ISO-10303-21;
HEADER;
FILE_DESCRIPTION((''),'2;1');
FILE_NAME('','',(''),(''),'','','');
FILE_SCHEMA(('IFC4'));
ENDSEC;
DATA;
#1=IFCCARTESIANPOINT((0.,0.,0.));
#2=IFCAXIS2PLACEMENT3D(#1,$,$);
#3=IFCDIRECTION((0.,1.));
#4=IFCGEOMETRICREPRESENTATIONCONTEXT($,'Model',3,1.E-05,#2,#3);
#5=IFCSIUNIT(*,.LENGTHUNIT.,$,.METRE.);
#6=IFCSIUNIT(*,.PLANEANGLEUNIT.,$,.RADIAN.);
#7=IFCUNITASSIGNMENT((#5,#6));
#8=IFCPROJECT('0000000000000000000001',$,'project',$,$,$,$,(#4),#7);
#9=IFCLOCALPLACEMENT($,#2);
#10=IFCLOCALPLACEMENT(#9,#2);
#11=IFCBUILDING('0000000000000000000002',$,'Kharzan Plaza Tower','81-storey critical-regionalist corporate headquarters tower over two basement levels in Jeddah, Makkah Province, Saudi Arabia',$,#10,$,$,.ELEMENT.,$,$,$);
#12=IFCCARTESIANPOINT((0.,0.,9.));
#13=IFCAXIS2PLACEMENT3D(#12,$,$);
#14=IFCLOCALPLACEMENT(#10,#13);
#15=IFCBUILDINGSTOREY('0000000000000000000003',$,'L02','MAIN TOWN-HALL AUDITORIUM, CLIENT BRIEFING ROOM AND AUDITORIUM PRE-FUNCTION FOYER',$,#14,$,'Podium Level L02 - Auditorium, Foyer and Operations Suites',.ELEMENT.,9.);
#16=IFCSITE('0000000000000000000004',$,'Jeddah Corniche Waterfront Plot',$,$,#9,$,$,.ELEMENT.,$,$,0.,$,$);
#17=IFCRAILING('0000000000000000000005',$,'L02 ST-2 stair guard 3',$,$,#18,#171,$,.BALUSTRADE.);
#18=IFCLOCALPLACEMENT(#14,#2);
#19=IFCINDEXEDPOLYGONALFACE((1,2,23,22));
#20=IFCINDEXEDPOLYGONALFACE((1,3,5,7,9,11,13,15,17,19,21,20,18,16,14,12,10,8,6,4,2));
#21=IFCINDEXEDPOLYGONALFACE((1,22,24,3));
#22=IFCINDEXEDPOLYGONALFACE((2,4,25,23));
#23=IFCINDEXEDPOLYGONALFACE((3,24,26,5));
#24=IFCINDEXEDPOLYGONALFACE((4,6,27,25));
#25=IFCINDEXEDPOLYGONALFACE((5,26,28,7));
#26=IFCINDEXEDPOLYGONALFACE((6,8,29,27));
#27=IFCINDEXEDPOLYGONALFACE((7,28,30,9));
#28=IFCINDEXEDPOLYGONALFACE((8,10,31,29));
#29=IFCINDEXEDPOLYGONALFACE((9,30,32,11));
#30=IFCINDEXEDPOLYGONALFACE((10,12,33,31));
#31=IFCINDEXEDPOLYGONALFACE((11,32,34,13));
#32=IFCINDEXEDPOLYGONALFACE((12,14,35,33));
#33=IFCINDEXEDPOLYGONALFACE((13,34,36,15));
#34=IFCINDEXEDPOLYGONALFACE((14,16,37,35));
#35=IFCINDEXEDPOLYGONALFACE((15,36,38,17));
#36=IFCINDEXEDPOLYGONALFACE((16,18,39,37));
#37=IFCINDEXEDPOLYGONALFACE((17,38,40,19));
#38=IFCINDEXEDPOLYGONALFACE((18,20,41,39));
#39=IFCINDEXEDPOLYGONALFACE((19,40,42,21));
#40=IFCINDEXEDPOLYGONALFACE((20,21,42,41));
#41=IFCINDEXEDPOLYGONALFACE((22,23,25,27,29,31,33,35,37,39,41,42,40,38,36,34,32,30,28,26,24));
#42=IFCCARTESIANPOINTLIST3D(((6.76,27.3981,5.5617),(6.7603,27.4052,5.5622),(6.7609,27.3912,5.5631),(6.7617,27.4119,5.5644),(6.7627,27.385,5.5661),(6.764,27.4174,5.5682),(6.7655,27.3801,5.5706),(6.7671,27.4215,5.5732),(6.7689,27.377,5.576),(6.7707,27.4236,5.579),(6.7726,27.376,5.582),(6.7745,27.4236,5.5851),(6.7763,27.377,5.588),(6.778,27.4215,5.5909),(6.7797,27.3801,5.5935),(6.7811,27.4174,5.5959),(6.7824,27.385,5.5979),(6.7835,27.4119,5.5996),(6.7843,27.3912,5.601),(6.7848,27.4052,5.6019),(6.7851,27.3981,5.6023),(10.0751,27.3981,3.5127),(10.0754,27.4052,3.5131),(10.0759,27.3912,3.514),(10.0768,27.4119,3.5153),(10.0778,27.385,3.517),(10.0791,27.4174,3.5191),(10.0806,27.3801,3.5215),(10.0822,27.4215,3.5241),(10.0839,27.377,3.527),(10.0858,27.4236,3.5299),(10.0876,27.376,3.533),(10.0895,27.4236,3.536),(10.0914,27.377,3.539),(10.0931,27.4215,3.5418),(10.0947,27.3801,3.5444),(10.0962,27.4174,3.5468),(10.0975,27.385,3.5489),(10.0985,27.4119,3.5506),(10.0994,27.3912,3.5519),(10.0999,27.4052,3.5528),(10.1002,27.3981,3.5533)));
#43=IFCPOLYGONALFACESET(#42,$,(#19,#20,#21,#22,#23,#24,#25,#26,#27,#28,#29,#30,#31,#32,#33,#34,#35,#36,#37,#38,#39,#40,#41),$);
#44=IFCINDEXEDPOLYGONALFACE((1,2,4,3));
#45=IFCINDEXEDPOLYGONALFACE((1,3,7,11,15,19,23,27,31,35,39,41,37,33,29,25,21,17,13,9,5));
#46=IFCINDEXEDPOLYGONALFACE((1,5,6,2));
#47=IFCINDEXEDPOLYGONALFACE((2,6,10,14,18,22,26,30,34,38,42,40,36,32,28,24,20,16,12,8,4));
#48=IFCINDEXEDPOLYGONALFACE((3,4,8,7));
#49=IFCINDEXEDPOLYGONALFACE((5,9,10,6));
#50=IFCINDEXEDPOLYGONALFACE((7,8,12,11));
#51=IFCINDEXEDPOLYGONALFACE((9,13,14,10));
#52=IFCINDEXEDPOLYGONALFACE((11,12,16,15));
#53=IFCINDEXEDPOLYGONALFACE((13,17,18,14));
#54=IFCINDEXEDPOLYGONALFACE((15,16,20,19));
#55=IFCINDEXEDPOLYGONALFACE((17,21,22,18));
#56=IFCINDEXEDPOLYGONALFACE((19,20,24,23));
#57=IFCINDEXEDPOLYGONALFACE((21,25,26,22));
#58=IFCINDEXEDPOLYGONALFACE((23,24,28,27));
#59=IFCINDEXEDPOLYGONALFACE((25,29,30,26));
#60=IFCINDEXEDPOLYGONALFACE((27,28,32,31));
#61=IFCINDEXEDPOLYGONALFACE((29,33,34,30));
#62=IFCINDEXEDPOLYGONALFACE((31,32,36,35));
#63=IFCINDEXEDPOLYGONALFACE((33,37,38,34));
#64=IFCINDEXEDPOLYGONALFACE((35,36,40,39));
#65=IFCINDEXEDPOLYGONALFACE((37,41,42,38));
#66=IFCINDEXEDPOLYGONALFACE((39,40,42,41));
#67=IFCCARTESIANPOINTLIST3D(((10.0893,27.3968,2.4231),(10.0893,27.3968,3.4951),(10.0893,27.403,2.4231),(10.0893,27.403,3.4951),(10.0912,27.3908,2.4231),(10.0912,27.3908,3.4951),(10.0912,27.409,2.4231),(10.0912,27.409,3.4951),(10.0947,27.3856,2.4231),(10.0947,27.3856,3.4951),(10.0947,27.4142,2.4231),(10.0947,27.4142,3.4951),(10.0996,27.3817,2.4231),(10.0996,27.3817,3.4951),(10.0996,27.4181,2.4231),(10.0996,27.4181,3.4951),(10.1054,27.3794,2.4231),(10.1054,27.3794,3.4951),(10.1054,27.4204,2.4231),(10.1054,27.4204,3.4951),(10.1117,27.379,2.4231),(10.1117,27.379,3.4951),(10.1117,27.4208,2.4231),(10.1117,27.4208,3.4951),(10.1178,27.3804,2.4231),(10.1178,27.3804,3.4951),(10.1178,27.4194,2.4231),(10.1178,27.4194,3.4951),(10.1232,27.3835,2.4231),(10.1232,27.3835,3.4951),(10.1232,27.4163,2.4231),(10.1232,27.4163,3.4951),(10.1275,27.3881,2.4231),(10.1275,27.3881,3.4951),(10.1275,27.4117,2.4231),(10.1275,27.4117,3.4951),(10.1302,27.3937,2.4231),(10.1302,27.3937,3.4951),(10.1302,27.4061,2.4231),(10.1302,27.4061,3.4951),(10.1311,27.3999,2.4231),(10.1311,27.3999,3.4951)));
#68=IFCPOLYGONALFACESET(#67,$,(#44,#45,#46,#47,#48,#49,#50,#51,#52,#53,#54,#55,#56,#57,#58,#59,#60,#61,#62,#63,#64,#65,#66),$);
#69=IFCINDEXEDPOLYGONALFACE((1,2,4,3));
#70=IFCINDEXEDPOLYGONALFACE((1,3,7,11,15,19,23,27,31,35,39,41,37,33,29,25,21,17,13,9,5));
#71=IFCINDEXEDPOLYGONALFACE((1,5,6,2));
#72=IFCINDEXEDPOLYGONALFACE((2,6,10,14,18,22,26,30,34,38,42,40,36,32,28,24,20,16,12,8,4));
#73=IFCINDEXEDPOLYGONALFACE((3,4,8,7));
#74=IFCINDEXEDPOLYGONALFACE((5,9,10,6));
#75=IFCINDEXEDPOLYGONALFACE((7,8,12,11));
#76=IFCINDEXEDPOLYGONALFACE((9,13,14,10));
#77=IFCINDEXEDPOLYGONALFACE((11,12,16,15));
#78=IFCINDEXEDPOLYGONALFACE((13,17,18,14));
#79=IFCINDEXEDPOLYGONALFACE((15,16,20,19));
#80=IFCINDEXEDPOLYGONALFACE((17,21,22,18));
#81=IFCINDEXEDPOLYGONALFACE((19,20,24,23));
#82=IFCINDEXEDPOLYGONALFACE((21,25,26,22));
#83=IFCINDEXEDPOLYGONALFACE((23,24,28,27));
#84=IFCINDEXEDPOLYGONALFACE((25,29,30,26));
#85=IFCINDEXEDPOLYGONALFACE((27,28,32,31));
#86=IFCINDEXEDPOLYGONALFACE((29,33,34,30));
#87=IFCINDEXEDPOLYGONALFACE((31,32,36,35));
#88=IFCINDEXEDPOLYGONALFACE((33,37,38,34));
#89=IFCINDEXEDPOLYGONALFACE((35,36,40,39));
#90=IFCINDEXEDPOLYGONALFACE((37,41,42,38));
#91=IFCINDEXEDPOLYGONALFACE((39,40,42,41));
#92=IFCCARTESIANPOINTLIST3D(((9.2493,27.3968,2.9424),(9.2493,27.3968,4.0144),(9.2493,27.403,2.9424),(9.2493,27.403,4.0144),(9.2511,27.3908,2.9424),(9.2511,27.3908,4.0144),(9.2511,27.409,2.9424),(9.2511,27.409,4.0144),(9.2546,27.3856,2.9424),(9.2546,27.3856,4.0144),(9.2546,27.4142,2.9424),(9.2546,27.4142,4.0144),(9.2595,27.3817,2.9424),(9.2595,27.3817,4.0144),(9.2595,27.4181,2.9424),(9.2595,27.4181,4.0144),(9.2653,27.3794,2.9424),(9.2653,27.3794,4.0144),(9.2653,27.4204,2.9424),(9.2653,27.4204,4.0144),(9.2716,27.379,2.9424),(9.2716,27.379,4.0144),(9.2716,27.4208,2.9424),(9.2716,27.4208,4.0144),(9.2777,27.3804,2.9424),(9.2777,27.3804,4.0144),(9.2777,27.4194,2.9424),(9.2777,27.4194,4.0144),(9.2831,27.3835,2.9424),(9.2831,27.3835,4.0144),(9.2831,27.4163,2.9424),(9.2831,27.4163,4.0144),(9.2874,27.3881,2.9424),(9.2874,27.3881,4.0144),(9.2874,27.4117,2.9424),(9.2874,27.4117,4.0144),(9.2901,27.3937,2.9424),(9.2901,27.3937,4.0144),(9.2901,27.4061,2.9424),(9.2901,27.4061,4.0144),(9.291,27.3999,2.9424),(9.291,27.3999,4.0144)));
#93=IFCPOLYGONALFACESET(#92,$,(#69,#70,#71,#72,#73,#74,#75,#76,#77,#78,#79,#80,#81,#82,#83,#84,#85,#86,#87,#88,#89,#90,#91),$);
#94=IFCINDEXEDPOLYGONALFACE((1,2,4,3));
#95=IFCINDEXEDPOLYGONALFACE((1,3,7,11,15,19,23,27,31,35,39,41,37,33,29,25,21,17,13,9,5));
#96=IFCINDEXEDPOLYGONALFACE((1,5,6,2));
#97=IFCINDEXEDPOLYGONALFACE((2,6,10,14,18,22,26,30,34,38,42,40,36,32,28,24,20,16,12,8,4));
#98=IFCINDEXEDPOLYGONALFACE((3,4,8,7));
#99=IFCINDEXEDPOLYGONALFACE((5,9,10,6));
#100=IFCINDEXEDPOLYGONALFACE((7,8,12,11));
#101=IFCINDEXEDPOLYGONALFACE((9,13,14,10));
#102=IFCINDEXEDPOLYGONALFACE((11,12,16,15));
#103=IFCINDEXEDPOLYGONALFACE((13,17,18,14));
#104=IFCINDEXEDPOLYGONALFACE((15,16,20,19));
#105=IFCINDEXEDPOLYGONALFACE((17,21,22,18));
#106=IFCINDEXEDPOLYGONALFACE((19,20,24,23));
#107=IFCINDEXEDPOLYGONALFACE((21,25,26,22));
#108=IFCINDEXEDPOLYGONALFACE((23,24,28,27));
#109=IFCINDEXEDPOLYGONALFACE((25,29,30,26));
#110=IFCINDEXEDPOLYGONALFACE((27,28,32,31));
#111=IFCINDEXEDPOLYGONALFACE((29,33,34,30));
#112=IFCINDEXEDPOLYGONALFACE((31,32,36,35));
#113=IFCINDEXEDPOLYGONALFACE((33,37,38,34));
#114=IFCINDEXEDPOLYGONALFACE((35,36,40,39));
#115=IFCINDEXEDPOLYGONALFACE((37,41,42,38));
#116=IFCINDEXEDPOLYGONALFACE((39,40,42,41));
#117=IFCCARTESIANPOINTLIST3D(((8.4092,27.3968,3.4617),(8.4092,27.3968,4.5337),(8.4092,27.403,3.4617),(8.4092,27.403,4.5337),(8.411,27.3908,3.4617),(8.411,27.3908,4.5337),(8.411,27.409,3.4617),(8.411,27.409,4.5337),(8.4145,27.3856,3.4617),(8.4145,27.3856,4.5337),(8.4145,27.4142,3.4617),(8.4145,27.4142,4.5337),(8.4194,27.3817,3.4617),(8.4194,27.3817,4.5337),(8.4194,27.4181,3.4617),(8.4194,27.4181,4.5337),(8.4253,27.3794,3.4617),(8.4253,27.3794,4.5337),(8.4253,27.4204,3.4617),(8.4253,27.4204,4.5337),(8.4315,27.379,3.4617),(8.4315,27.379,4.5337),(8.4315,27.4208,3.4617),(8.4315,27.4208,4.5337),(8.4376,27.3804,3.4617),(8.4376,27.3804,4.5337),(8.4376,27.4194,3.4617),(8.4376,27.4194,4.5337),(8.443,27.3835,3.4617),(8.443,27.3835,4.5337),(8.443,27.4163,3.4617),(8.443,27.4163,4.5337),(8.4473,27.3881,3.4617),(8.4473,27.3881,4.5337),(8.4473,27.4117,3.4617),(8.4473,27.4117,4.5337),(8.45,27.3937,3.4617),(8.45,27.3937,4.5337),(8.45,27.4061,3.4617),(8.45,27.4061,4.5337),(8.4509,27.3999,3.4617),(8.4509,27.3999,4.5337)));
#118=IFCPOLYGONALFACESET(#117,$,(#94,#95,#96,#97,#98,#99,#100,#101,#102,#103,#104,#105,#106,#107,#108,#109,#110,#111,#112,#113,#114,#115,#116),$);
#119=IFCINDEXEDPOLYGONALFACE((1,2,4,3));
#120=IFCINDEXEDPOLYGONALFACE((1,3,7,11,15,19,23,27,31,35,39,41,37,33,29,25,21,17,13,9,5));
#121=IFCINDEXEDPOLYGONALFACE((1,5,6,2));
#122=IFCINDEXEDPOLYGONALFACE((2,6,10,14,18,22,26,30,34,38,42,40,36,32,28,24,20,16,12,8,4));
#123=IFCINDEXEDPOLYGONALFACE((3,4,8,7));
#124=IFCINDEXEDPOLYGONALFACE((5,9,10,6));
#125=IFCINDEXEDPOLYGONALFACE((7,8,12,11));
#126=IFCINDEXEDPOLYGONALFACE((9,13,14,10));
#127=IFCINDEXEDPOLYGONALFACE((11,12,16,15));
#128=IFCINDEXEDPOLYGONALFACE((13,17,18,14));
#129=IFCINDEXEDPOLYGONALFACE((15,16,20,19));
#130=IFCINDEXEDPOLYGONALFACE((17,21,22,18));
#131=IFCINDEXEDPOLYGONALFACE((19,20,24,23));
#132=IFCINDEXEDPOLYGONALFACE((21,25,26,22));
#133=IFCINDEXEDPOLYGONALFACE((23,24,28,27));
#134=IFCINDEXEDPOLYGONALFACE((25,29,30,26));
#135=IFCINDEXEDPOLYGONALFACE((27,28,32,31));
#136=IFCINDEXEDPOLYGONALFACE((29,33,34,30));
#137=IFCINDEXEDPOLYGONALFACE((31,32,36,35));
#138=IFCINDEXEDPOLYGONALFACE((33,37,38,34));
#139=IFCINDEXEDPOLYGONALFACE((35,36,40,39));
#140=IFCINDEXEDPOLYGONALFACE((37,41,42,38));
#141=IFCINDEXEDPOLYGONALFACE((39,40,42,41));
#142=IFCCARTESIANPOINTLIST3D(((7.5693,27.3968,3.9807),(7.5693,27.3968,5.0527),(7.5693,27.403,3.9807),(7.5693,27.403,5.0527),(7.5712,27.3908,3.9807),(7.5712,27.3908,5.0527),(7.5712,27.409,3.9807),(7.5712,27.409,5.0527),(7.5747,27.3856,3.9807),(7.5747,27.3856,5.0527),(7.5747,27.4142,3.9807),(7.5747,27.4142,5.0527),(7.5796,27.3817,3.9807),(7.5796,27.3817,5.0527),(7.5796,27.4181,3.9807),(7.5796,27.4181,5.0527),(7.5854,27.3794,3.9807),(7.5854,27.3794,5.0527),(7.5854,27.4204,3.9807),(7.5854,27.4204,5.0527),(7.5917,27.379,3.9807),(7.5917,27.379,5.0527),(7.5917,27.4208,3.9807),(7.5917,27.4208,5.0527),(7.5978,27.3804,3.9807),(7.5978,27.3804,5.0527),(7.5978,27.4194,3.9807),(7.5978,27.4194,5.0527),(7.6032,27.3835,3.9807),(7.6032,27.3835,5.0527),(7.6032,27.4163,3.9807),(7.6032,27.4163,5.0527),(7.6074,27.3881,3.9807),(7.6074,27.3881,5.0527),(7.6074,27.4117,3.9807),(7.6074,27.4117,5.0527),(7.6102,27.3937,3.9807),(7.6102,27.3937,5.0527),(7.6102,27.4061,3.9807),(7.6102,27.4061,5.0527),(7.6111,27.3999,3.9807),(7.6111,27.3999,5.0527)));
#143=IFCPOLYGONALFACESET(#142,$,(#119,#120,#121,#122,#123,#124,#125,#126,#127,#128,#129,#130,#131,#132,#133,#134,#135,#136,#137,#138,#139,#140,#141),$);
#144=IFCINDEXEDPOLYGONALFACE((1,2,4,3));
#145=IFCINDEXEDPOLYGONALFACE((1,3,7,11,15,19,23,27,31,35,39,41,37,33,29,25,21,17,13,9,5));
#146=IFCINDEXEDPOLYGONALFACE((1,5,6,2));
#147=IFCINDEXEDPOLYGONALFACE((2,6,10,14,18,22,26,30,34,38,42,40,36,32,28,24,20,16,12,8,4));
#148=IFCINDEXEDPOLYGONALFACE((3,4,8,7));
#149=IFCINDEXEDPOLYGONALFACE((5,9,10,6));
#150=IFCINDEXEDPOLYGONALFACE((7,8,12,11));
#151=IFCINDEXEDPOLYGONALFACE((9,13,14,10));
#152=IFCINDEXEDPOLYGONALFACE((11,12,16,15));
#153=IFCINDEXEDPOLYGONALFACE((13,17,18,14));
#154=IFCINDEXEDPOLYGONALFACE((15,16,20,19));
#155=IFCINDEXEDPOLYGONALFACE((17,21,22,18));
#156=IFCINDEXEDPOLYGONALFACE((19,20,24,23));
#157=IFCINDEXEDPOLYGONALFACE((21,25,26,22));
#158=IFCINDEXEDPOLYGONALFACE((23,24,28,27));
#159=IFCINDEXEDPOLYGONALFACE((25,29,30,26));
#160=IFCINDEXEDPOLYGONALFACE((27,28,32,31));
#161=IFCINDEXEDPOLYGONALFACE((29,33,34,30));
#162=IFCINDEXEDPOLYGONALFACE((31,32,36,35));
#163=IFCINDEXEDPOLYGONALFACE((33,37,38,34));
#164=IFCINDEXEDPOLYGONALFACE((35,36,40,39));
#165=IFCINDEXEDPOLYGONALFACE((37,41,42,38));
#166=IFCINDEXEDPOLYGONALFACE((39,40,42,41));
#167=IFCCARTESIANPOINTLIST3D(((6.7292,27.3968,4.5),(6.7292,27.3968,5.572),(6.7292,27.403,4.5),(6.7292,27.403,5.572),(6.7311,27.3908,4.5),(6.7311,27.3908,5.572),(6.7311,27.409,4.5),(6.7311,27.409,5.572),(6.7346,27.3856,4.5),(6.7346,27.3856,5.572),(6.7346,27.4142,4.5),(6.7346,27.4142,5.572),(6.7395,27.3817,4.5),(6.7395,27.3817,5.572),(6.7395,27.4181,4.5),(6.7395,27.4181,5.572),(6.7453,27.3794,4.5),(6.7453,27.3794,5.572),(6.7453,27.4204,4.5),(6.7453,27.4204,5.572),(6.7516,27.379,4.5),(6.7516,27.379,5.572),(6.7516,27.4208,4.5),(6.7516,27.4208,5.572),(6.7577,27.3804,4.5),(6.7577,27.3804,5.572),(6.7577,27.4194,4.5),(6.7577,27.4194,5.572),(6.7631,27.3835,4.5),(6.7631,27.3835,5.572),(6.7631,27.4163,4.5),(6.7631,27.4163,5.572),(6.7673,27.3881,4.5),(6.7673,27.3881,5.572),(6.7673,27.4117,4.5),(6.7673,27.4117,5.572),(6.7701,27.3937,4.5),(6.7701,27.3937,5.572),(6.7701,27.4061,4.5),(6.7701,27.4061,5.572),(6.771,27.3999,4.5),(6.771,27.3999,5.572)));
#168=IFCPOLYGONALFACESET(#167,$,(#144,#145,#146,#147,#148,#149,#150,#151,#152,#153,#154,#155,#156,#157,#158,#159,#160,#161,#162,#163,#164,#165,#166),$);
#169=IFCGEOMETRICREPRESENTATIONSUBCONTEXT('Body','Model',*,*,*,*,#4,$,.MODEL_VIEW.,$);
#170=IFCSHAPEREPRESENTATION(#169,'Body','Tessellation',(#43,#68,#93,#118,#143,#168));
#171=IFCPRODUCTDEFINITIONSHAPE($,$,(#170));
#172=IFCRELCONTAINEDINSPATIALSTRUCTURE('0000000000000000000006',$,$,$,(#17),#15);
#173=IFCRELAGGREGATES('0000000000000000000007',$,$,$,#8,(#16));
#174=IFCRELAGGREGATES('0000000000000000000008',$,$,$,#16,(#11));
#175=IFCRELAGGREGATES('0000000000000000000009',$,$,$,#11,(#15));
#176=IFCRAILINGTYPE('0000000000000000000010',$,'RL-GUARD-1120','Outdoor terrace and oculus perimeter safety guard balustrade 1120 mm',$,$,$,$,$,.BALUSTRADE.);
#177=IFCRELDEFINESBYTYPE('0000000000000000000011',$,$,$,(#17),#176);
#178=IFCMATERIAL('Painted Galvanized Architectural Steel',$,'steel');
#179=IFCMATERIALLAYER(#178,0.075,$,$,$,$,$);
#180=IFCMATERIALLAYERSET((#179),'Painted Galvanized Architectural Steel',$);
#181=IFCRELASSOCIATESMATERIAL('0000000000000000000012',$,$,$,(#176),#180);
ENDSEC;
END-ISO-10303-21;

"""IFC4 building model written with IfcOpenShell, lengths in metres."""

from ifc_helpers import new_model, si_unit, direction, frame, origin, origin_2d, place, context, subcontext, project, spatial, circle, extrude, source, transform, mapped, material, layer, layer_set, type_object, element, save


model = new_model("IFC4")

# Units and contexts
model_context = context("Model", 3, precision=1e-05, world=origin(), true_north=direction((0.0, 1.0)))
body_context = subcontext(model_context, "Body", "Model", "MODEL_VIEW")
ifc_project = project(units=[si_unit("LENGTHUNIT", "METRE"), si_unit("PLANEANGLEUNIT", "RADIAN")], contexts=[model_context])

# Site, building, storey
site_placement = place(None, origin())
site = spatial("IfcSite", under=ifc_project, at=site_placement, Name="Jeddah Corniche Waterfront Plot", CompositionType="ELEMENT", RefElevation=0.0)
building_placement = place(site_placement, origin())
building = spatial("IfcBuilding", under=site, at=building_placement, Name="Kharzan Plaza Tower", Description="81-storey critical-regionalist corporate headquarters tower over two basement levels in Jeddah, Makkah Province, Saudi Arabia", CompositionType="ELEMENT")
storey_placement = place(building_placement, frame((0.0, 0.0, 9.0)))
storey = spatial("IfcBuildingStorey", under=building, at=storey_placement, Name="L02", Description="MAIN TOWN-HALL AUDITORIUM, CLIENT BRIEFING ROOM AND AUDITORIUM PRE-FUNCTION FOYER", LongName="Podium Level L02 - Auditorium, Foyer and Operations Suites", CompositionType="ELEMENT", Elevation=9.0)

# Railing
ifc_material_1 = material(Name="Painted Galvanized Architectural Steel", Category="steel")
ifc_layer_1 = layer(ifc_material_1, 0.075)
ifc_layer_set_1 = layer_set([ifc_layer_1], Name="Painted Galvanized Architectural Steel")
railing_type_1 = type_object("IfcRailingType", Name="RL-GUARD-1120", Description="Outdoor terrace and oculus perimeter safety guard balustrade 1120 mm", PredefinedType="BALUSTRADE", material=ifc_layer_set_1)
shared_shape_1 = source(origin(), body_context, "Body", "SweptSolid", [
    extrude(circle(Radius=0.0239, at=origin_2d()), frame((-0.0225, 0.0, 1.1099), z_axis=(-0.850623, 0.0, 0.525776), x_axis=(0.0, -1.0, 0.0)), (0.0, 0.0, 1.0), 3.8972),
    extrude(circle(Radius=0.021, at=origin_2d()), origin(), (0.0, 0.0, 1.0), 1.072),
    extrude(circle(Radius=0.021, at=origin_2d()), frame((-0.8401, 0.0, 0.5193)), (0.0, 0.0, 1.0), 1.072),
    extrude(circle(Radius=0.021, at=origin_2d()), frame((-1.6802, 0.0, 1.0386)), (0.0, 0.0, 1.0), 1.072),
    extrude(circle(Radius=0.021, at=origin_2d()), frame((-2.52, 0.0, 1.5576)), (0.0, 0.0, 1.0), 1.072),
    extrude(circle(Radius=0.021, at=origin_2d()), frame((-3.3601, 0.0, 2.0769)), (0.0, 0.0, 1.0), 1.072),
])
railing_1_placement = place(storey_placement, frame((10.1101, 27.3999, 2.4231)))
element("IfcRailing", 1, at=railing_1_placement, inside=storey, type_object=railing_type_1, Name="L02 ST-2 stair guard 3", PredefinedType="BALUSTRADE", context=body_context, shape_type="MappedRepresentation", body=[
    mapped(shared_shape_1, transform((0.0, 0.0, 0.0), x_axis=(1.0, 0.0, 0.0), y_axis=(0.0, 1.0, 0.0), z_axis=(0.0, 0.0, 1.0))),
])

save(model, "model.ifc")
